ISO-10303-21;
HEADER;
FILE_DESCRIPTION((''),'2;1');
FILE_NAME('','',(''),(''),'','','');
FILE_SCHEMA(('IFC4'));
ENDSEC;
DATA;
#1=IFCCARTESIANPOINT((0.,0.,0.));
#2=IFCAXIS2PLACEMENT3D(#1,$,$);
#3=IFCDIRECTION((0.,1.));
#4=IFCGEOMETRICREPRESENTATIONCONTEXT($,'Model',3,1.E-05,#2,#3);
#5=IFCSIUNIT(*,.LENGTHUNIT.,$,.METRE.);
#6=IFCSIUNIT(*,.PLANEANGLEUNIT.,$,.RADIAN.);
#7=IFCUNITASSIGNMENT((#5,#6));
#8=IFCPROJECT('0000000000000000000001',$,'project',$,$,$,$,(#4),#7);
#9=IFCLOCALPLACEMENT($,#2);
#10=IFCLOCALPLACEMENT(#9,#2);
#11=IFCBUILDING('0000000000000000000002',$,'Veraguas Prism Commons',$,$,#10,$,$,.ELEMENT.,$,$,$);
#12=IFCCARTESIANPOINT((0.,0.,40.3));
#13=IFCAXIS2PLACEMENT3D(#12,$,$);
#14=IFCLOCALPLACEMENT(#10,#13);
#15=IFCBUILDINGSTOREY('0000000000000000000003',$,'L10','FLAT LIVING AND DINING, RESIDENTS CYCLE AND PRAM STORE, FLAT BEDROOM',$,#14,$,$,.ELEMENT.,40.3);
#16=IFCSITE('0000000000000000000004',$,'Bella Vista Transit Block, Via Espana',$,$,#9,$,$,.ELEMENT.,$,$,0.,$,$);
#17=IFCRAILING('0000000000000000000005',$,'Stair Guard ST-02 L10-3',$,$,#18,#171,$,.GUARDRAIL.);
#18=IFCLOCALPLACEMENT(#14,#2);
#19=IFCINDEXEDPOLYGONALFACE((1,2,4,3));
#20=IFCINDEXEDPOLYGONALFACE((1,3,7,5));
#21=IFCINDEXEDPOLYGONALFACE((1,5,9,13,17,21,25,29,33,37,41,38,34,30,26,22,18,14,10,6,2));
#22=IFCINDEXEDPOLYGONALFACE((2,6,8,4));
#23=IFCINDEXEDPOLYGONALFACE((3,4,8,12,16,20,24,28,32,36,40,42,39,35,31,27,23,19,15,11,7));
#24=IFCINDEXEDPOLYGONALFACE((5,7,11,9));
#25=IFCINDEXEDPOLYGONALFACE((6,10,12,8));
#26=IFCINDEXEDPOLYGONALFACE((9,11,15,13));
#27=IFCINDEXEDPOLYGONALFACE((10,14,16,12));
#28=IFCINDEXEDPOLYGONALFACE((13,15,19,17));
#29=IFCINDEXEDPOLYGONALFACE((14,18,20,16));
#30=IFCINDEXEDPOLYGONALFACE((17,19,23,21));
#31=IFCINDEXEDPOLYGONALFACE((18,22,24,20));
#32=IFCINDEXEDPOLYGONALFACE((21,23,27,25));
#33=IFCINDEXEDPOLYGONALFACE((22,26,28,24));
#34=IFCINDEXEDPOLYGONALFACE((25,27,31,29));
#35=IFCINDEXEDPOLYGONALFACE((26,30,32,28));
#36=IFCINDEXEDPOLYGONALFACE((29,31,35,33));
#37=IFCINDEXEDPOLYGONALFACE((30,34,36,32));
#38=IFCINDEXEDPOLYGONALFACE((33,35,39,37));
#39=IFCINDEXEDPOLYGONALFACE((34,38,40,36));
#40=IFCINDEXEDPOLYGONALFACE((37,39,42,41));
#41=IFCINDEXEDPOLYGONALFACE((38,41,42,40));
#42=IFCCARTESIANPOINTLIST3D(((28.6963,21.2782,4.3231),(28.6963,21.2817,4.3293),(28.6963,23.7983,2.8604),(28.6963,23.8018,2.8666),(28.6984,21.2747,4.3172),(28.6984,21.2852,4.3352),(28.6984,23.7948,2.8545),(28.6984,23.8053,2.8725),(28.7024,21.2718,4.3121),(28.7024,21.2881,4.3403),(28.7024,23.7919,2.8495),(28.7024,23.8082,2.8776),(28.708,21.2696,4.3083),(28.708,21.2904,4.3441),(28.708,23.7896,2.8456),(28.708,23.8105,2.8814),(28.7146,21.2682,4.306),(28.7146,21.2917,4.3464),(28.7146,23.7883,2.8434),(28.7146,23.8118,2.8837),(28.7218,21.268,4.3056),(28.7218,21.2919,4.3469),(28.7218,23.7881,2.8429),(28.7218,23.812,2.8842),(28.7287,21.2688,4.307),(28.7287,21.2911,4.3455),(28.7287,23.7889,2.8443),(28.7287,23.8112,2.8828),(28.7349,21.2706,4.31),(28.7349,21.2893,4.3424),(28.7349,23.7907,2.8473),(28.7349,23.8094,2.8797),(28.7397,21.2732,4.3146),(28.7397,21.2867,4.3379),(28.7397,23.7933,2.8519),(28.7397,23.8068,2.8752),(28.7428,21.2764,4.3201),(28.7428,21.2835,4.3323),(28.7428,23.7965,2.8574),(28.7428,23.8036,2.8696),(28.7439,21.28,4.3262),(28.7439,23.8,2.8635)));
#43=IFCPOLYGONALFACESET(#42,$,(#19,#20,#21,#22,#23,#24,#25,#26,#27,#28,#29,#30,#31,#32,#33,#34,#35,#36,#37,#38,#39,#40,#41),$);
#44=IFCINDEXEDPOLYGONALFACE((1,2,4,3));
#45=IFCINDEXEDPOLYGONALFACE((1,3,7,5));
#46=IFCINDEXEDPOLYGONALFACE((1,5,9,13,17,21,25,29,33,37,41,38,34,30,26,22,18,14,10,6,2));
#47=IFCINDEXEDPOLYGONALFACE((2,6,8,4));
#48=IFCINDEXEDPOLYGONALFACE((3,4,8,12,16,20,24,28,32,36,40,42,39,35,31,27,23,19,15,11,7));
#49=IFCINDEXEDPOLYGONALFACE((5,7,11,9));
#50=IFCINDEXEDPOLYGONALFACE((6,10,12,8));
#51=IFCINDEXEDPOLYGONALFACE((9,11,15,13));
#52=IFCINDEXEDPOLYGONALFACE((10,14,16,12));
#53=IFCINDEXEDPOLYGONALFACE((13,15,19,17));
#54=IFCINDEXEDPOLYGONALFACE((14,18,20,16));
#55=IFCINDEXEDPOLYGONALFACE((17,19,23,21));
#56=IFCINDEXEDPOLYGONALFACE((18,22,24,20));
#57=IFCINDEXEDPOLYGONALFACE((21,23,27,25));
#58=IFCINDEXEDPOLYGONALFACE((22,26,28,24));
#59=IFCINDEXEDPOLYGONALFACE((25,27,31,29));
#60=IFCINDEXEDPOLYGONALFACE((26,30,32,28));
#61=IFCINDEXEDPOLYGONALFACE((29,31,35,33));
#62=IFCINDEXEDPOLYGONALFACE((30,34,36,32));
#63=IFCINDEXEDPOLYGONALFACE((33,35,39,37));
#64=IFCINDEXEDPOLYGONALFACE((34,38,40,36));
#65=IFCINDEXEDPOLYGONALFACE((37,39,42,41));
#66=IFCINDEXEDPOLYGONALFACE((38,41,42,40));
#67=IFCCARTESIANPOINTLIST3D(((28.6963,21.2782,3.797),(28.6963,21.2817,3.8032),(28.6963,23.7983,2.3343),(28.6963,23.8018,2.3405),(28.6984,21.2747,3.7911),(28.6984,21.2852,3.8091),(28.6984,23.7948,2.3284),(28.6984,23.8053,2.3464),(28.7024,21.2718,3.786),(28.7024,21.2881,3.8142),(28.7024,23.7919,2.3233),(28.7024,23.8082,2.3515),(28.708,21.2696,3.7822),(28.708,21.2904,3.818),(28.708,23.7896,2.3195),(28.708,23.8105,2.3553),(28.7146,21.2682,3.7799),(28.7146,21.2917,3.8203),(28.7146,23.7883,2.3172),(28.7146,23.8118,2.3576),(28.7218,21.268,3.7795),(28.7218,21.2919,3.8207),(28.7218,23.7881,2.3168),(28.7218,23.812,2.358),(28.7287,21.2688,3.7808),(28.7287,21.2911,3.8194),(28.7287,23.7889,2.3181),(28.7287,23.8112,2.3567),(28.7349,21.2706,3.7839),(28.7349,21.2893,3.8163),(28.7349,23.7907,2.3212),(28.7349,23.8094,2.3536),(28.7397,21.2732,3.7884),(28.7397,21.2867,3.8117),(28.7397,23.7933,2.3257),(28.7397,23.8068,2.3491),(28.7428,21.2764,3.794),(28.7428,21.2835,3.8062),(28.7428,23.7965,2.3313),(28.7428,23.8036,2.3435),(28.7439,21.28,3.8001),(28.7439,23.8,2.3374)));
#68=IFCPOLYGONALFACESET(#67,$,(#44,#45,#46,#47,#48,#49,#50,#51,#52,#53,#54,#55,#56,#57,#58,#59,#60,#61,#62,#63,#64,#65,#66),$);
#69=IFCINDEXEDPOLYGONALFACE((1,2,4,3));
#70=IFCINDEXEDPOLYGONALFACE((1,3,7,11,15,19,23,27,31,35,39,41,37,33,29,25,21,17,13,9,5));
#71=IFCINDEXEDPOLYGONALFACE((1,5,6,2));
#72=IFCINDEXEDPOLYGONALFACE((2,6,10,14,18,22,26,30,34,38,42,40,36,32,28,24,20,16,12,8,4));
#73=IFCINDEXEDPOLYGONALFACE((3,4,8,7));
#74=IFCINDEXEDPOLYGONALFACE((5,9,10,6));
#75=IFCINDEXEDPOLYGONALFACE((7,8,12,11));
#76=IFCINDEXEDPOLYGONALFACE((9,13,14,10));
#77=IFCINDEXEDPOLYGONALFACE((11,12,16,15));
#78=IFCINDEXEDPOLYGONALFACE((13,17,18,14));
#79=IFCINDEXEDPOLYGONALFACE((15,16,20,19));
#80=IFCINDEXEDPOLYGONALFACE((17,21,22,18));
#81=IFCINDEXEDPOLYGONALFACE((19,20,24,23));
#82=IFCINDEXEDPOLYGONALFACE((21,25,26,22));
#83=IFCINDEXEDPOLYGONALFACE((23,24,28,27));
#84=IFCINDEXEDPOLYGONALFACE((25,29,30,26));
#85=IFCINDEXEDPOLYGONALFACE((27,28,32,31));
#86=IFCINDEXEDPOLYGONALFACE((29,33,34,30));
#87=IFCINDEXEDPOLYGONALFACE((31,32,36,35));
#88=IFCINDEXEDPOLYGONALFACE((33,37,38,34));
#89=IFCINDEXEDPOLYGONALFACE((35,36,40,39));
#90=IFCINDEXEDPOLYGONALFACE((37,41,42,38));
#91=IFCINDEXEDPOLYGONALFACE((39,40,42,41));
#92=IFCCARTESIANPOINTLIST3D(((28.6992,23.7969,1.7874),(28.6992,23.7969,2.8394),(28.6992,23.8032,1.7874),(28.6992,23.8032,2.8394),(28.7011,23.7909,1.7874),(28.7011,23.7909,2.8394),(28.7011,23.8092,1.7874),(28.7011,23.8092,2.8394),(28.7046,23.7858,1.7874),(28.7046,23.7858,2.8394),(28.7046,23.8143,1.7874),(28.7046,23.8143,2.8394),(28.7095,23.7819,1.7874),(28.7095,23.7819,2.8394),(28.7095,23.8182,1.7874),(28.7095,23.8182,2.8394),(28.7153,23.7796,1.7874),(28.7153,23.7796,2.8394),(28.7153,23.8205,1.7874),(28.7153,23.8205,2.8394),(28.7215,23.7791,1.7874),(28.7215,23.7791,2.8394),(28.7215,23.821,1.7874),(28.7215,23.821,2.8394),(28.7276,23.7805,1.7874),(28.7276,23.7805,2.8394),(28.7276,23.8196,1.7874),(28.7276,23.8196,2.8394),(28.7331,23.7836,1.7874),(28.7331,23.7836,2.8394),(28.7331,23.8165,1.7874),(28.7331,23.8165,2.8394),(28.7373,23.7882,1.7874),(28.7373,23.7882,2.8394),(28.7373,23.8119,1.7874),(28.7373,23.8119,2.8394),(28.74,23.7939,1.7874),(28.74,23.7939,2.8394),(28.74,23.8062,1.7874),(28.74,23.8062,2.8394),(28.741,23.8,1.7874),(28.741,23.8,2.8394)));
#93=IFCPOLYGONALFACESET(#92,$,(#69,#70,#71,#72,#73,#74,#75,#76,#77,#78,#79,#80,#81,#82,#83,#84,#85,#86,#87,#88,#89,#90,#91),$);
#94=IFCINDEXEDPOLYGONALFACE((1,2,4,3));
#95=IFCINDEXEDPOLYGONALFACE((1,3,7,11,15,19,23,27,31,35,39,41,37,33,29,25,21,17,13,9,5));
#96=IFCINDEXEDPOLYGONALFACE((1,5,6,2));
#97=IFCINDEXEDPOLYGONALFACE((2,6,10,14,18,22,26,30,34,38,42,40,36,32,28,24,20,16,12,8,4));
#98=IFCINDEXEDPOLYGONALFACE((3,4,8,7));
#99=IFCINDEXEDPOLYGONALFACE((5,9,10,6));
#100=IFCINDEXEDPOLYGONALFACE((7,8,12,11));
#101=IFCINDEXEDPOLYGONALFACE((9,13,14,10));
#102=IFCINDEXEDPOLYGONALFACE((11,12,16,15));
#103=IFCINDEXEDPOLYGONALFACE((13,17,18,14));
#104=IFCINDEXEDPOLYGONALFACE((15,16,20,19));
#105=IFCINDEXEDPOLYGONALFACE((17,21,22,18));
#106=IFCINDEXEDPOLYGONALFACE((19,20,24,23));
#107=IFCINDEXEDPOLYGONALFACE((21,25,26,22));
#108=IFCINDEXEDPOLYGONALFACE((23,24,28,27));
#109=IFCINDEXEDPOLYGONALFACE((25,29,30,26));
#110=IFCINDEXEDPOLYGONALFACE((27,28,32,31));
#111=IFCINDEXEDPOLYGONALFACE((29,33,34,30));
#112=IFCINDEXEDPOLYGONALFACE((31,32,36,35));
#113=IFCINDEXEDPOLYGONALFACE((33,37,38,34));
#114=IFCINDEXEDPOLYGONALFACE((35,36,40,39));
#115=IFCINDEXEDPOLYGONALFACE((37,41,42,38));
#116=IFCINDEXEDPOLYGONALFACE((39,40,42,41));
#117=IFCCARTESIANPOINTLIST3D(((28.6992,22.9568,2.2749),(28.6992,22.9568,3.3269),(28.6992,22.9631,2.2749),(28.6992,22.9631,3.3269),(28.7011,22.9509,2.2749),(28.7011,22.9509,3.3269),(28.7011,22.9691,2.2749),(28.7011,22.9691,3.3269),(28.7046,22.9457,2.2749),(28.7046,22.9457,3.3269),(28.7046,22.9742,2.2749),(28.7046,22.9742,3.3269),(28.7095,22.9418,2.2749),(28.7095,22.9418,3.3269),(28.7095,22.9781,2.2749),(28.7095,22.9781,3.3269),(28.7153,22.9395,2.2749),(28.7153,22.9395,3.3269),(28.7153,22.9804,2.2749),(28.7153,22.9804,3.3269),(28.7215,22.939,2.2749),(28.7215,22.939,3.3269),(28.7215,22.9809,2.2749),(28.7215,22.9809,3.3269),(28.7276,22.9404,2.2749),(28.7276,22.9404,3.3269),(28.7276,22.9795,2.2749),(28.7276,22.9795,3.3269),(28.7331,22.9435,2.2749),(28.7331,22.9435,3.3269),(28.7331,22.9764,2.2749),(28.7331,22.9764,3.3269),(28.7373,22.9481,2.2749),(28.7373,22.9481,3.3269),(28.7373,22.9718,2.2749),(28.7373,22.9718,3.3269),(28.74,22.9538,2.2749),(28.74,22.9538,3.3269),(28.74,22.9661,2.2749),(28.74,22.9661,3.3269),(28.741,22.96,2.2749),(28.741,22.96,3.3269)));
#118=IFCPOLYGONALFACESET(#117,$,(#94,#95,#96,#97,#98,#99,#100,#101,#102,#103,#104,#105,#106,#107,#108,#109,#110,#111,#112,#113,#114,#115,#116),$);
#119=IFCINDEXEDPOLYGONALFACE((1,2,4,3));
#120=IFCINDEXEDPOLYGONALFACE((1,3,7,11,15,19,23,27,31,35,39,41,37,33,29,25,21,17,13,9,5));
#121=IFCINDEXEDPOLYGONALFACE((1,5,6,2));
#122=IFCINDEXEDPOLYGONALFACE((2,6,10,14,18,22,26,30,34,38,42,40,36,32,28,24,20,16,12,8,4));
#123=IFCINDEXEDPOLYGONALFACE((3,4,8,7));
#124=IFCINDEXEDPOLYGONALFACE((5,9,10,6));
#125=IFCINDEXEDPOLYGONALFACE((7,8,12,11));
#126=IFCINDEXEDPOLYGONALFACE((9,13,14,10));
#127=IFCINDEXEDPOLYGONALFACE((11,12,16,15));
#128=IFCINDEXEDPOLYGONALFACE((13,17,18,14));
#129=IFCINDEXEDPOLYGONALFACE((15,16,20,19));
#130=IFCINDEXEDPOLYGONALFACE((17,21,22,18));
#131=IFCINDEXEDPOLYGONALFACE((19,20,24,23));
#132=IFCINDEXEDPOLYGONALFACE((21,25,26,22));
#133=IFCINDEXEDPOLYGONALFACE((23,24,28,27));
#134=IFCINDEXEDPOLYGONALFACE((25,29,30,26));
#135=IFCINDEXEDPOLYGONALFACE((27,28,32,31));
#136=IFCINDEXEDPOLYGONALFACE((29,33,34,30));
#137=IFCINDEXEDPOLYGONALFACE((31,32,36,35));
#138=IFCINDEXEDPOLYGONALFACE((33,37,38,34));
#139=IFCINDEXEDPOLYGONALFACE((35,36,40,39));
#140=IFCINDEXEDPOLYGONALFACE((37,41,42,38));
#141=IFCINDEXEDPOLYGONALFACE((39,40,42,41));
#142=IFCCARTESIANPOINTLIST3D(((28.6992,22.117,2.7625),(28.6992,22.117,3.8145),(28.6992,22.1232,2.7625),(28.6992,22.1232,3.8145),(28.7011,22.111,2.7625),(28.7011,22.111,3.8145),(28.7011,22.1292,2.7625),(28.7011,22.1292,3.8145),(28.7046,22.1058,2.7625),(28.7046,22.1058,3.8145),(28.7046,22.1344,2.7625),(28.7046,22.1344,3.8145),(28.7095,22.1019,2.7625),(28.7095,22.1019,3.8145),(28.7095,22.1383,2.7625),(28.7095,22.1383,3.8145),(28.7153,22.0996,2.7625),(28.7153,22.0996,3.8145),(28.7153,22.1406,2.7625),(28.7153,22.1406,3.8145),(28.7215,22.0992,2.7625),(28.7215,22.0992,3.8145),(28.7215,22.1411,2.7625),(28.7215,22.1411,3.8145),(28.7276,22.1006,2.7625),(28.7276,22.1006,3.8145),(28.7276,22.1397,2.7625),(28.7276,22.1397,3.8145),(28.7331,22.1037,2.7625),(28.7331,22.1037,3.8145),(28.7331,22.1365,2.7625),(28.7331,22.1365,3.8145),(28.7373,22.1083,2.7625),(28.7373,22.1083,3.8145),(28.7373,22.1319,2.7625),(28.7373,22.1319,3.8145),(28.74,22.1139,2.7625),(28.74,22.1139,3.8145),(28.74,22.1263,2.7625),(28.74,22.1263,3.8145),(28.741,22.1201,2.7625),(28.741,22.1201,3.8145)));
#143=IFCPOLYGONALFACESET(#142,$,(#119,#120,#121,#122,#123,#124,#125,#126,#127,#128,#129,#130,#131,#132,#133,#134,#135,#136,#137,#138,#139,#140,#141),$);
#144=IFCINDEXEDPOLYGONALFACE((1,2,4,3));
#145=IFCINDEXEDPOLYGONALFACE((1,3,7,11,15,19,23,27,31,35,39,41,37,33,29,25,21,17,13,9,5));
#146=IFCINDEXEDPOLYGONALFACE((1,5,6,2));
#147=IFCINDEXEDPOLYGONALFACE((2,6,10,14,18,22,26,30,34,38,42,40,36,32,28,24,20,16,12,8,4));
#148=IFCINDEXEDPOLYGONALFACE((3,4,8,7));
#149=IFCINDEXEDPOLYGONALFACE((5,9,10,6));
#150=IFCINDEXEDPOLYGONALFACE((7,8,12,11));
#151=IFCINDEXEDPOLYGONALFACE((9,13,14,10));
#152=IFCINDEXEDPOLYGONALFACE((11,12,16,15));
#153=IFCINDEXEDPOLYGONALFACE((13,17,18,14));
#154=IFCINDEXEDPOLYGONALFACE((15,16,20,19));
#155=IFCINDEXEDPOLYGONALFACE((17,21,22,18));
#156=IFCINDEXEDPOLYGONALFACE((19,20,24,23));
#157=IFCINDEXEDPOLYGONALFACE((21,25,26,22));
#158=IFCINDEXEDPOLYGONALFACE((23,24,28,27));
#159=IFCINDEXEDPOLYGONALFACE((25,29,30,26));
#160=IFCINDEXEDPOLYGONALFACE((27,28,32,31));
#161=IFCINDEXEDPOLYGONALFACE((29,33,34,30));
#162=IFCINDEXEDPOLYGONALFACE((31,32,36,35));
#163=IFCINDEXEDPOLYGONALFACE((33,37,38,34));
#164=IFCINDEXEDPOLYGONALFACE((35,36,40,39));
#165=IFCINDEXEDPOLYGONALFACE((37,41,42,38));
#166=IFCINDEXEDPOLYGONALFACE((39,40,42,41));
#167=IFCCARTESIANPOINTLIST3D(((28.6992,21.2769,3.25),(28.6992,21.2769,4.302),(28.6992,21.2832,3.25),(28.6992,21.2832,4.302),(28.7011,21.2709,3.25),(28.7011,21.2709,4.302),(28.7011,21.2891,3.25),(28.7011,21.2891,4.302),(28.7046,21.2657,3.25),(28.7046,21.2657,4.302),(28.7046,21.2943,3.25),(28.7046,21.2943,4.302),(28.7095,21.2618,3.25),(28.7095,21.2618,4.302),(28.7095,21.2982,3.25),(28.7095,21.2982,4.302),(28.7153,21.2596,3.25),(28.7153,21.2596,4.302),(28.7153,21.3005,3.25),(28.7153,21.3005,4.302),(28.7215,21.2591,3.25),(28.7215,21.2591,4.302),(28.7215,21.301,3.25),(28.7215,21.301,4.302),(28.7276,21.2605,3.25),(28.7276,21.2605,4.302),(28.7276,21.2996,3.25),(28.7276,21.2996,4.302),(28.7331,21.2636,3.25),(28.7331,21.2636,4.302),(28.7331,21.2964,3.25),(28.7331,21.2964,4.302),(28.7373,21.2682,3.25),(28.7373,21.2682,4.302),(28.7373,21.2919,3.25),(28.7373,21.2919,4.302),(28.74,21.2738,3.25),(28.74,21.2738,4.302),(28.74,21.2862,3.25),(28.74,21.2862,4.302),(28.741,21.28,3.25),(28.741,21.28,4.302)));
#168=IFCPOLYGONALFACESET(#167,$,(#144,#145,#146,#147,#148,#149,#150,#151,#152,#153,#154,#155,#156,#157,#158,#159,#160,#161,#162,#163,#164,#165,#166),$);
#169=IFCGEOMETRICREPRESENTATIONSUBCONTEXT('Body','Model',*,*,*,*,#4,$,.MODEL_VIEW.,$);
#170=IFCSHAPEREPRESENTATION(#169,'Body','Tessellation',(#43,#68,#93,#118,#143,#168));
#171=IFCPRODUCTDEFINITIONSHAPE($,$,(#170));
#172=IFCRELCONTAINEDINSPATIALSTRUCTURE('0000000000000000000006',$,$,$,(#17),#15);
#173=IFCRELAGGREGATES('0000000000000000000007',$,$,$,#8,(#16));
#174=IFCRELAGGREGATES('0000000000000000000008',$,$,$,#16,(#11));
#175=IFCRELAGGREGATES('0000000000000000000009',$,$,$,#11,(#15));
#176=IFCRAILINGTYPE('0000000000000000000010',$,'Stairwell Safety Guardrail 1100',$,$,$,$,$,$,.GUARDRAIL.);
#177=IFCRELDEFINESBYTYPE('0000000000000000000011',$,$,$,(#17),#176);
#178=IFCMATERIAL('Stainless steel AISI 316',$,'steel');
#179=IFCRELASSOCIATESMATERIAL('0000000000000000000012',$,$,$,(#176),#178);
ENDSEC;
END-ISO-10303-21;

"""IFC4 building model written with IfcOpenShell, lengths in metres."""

from ifc_helpers import new_model, si_unit, direction, frame, origin, origin_2d, place, context, subcontext, project, spatial, circle, extrude, material, type_object, element, save


model = new_model("IFC4")

# Units and contexts
model_context = context("Model", 3, precision=1e-05, world=origin(), true_north=direction((0.0, 1.0)))
body_context = subcontext(model_context, "Body", "Model", "MODEL_VIEW")
ifc_project = project(units=[si_unit("LENGTHUNIT", "METRE"), si_unit("PLANEANGLEUNIT", "RADIAN")], contexts=[model_context])

# Site, building, storey
site_placement = place(None, origin())
site = spatial("IfcSite", under=ifc_project, at=site_placement, Name="Bella Vista Transit Block, Via Espana", CompositionType="ELEMENT", RefElevation=0.0)
building_placement = place(site_placement, origin())
building = spatial("IfcBuilding", under=site, at=building_placement, Name="Veraguas Prism Commons", CompositionType="ELEMENT")
storey_placement = place(building_placement, frame((0.0, 0.0, 40.3)))
storey = spatial("IfcBuildingStorey", under=building, at=storey_placement, Name="L10", Description="FLAT LIVING AND DINING, RESIDENTS CYCLE AND PRAM STORE, FLAT BEDROOM", CompositionType="ELEMENT", Elevation=40.3)

# Railing
ifc_material_1 = material(Name="Stainless steel AISI 316", Category="steel")
railing_type_1 = type_object("IfcRailingType", Name="Stairwell Safety Guardrail 1100", PredefinedType="GUARDRAIL", material=ifc_material_1)
railing_1_placement = place(storey_placement, frame((28.72, 23.8, 1.7874)))
element("IfcRailing", 1, at=railing_1_placement, inside=storey, type_object=railing_type_1, Name="Stair Guard ST-02 L10-3", PredefinedType="GUARDRAIL", context=body_context, shape_type="SweptSolid", body=[
    extrude(circle(Radius=0.0239, at=origin_2d()), frame((0.0, 0.0, 1.0762), z_axis=(0.0, -0.864877, 0.501984), x_axis=(1.0, 0.0, 0.0)), (0.0, 0.0, 1.0), 2.9138),
    extrude(circle(Radius=0.0239, at=origin_2d()), frame((0.0, 0.0, 0.55), z_axis=(0.0, -0.864877, 0.501984), x_axis=(1.0, 0.0, 0.0)), (0.0, 0.0, 1.0), 2.9138),
    extrude(circle(Radius=0.021, at=origin_2d()), origin(), (0.0, 0.0, 1.0), 1.052),
    extrude(circle(Radius=0.021, at=origin_2d()), frame((0.0, -0.8401, 0.4875)), (0.0, 0.0, 1.0), 1.052),
    extrude(circle(Radius=0.021, at=origin_2d()), frame((0.0, -1.6799, 0.9751)), (0.0, 0.0, 1.0), 1.052),
    extrude(circle(Radius=0.021, at=origin_2d()), frame((0.0, -2.52, 1.4626)), (0.0, 0.0, 1.0), 1.052),
])

save(model, "model.ifc")
